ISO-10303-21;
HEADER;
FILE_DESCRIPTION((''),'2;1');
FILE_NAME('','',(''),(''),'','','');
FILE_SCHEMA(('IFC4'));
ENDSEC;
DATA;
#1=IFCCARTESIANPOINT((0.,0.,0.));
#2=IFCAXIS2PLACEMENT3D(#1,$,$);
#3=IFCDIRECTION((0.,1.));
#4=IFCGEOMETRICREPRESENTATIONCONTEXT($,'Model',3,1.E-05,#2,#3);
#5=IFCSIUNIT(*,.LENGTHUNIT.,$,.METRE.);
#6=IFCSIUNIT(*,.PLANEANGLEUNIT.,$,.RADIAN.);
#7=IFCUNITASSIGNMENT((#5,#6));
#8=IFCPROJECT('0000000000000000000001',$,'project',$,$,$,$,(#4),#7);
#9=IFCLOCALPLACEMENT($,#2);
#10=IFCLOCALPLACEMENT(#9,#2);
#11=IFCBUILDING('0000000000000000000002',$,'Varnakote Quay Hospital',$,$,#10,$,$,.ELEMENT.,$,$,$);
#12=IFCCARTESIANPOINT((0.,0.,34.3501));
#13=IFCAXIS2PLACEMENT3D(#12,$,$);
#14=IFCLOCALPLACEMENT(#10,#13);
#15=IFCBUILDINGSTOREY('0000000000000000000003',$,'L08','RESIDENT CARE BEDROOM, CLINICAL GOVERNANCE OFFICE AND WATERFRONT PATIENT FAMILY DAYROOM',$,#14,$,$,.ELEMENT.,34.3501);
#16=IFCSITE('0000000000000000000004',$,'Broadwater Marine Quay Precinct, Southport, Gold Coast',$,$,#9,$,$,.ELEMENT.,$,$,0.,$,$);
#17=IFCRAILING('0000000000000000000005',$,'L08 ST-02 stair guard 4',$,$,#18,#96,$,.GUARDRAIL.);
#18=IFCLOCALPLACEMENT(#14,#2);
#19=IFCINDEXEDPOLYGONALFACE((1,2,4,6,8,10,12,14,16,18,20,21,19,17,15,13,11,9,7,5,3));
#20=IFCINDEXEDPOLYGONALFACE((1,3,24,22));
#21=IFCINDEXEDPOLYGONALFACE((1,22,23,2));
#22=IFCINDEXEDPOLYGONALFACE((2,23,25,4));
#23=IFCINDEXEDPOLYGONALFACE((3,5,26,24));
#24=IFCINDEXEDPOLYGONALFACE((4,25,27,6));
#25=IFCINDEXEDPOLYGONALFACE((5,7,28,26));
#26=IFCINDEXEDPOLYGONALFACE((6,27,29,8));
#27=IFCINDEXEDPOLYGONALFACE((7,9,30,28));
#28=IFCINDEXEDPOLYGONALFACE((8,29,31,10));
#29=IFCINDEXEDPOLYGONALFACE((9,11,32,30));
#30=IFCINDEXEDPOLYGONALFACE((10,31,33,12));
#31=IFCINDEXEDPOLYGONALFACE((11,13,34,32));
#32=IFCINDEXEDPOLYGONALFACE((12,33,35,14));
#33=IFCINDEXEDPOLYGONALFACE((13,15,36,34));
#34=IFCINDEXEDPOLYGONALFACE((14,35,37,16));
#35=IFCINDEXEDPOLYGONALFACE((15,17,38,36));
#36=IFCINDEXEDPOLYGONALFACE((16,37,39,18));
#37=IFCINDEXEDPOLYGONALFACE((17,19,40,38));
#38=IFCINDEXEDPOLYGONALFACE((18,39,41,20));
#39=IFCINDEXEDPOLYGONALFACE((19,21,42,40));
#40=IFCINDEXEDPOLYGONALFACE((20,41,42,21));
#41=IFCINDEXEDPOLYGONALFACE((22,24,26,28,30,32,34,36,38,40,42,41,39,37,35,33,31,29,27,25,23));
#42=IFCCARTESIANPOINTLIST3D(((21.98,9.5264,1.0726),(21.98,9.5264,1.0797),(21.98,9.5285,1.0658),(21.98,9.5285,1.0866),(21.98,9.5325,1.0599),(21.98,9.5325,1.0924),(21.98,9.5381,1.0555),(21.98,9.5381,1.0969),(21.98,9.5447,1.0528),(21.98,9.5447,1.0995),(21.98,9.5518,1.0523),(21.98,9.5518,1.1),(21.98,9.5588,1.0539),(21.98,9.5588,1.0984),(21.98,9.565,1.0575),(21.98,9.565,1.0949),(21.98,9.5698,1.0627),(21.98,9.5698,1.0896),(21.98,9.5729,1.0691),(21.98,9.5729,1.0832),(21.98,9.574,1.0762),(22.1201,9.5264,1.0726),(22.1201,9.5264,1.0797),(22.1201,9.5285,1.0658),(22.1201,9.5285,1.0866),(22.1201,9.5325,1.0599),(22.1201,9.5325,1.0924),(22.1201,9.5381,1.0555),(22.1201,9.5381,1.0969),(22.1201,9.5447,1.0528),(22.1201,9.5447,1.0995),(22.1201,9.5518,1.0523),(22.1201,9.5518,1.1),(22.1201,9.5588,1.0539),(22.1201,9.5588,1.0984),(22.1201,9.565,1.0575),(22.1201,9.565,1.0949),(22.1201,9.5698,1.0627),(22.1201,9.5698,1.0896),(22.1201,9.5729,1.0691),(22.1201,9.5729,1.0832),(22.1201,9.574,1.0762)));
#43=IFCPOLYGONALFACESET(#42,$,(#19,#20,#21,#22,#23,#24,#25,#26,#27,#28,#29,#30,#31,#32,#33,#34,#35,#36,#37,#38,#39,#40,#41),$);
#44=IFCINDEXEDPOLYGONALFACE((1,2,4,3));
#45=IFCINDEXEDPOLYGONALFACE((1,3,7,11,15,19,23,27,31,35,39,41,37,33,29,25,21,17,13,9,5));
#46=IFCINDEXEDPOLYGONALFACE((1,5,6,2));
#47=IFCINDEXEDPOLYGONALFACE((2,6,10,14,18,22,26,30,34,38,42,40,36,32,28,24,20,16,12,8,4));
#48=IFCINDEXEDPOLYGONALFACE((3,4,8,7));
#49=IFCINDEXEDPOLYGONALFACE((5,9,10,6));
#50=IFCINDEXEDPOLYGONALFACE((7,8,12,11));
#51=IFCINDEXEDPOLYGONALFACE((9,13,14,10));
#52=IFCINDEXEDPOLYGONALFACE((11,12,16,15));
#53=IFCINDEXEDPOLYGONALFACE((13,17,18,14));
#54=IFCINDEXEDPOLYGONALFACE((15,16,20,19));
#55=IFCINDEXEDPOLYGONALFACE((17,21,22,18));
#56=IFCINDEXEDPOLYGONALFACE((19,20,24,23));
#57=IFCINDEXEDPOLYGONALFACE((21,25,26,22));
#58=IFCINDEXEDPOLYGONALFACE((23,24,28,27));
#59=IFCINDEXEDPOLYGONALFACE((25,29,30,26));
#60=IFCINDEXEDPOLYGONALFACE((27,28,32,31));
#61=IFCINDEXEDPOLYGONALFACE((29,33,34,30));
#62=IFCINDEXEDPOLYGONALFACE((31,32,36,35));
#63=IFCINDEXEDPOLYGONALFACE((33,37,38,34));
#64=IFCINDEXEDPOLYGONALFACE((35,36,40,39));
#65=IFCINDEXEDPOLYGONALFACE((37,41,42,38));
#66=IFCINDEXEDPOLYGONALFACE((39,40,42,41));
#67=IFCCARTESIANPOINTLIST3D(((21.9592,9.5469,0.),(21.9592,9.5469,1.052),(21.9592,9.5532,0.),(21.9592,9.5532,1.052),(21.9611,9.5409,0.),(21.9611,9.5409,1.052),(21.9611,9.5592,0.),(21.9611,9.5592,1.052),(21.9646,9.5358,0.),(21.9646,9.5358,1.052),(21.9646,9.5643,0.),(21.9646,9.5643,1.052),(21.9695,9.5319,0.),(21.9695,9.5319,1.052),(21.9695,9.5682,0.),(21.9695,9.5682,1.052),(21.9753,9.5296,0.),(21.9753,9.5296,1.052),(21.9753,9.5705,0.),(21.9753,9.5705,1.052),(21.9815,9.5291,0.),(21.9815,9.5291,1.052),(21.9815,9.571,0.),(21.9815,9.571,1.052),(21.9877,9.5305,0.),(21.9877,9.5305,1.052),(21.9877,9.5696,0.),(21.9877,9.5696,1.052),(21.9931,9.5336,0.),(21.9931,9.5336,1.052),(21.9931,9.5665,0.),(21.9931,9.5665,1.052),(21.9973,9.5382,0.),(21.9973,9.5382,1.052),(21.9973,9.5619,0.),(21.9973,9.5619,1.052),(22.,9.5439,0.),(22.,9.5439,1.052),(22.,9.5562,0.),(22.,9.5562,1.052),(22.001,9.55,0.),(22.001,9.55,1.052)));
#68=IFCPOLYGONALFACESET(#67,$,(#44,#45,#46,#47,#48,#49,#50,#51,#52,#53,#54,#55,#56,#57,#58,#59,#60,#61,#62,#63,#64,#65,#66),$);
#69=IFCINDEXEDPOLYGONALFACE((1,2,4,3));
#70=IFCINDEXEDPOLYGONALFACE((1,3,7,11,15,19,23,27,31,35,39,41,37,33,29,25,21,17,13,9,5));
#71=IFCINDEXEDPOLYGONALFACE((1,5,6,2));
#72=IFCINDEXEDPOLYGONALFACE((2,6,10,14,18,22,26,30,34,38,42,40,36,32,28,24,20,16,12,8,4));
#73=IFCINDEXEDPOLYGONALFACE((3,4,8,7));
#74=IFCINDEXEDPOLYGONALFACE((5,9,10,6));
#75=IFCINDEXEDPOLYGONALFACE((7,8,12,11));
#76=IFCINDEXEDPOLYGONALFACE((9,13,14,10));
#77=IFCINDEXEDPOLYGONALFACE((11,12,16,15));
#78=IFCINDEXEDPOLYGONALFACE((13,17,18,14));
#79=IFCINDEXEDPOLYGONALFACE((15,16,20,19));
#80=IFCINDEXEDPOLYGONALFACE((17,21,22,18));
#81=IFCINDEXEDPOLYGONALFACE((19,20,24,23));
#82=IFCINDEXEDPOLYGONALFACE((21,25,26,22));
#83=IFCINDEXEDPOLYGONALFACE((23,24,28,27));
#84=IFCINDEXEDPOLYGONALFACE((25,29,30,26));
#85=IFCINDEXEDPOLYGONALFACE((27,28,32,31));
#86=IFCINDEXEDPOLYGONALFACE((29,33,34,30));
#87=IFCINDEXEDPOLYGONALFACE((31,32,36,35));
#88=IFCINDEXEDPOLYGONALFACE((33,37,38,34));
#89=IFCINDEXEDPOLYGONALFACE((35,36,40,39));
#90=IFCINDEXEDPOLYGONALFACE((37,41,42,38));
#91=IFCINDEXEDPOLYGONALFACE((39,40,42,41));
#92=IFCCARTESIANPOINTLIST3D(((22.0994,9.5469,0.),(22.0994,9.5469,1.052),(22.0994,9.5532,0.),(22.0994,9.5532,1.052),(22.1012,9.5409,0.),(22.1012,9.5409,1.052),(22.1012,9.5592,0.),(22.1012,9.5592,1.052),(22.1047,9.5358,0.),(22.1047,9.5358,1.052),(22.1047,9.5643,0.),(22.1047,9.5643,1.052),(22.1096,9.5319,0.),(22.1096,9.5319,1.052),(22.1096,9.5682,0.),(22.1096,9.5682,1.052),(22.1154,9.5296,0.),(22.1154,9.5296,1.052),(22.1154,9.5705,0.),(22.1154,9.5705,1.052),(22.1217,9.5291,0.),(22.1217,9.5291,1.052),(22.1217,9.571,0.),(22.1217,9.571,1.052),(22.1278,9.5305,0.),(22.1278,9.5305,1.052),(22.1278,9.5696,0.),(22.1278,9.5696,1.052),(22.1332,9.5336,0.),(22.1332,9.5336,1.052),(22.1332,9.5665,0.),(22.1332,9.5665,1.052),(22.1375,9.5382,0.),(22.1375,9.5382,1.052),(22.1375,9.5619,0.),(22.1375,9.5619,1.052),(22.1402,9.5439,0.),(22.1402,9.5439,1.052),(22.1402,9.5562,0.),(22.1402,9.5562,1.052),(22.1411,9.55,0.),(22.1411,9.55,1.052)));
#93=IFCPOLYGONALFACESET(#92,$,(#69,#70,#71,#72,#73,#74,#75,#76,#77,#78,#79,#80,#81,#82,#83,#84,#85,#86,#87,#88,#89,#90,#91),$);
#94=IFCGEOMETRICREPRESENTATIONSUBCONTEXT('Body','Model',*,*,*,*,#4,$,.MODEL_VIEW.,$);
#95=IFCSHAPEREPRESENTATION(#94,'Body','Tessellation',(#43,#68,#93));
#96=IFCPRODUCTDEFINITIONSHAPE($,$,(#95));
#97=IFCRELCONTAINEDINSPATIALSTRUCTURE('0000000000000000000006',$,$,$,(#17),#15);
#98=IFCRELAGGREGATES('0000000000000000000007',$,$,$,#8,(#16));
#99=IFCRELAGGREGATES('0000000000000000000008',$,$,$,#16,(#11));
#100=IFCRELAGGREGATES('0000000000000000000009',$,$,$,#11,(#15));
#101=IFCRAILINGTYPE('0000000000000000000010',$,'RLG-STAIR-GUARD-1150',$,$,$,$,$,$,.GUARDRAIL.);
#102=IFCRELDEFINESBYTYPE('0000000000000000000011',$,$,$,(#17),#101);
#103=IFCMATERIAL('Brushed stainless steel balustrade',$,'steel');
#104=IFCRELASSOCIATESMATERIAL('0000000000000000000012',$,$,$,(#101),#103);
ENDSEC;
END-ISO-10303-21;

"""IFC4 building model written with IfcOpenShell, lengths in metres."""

from ifc_helpers import new_model, si_unit, direction, frame, origin, origin_2d, place, context, subcontext, project, spatial, circle, extrude, material, type_object, element, save


model = new_model("IFC4")

# Units and contexts
model_context = context("Model", 3, precision=1e-05, world=origin(), true_north=direction((0.0, 1.0)))
body_context = subcontext(model_context, "Body", "Model", "MODEL_VIEW")
ifc_project = project(units=[si_unit("LENGTHUNIT", "METRE"), si_unit("PLANEANGLEUNIT", "RADIAN")], contexts=[model_context])

# Site, building, storey
site_placement = place(None, origin())
site = spatial("IfcSite", under=ifc_project, at=site_placement, Name="Broadwater Marine Quay Precinct, Southport, Gold Coast", CompositionType="ELEMENT", RefElevation=0.0)
building_placement = place(site_placement, origin())
building = spatial("IfcBuilding", under=site, at=building_placement, Name="Varnakote Quay Hospital", CompositionType="ELEMENT")
storey_placement = place(building_placement, frame((0.0, 0.0, 34.3501)))
storey = spatial("IfcBuildingStorey", under=building, at=storey_placement, Name="L08", Description="RESIDENT CARE BEDROOM, CLINICAL GOVERNANCE OFFICE AND WATERFRONT PATIENT FAMILY DAYROOM", CompositionType="ELEMENT", Elevation=34.3501)

# Railing
ifc_material_1 = material(Name="Brushed stainless steel balustrade", Category="steel")
railing_type_1 = type_object("IfcRailingType", Name="RLG-STAIR-GUARD-1150", PredefinedType="GUARDRAIL", material=ifc_material_1)
railing_1_placement = place(storey_placement, frame((21.98, 9.55, 0.0)))
element("IfcRailing", 1, at=railing_1_placement, inside=storey, type_object=railing_type_1, Name="L08 ST-02 stair guard 4", PredefinedType="GUARDRAIL", context=body_context, shape_type="SweptSolid", body=[
    extrude(circle(Radius=0.0239, at=origin_2d()), frame((0.0, 0.0, 1.0762), z_axis=(1.0, 0.0, 0.0), x_axis=(0.0, 1.0, 0.0)), (0.0, 0.0, 1.0), 0.1401),
    extrude(circle(Radius=0.021, at=origin_2d()), origin(), (0.0, 0.0, 1.0), 1.052),
    extrude(circle(Radius=0.021, at=origin_2d()), frame((0.1401, 0.0, 0.0)), (0.0, 0.0, 1.0), 1.052),
])

save(model, "model.ifc")
